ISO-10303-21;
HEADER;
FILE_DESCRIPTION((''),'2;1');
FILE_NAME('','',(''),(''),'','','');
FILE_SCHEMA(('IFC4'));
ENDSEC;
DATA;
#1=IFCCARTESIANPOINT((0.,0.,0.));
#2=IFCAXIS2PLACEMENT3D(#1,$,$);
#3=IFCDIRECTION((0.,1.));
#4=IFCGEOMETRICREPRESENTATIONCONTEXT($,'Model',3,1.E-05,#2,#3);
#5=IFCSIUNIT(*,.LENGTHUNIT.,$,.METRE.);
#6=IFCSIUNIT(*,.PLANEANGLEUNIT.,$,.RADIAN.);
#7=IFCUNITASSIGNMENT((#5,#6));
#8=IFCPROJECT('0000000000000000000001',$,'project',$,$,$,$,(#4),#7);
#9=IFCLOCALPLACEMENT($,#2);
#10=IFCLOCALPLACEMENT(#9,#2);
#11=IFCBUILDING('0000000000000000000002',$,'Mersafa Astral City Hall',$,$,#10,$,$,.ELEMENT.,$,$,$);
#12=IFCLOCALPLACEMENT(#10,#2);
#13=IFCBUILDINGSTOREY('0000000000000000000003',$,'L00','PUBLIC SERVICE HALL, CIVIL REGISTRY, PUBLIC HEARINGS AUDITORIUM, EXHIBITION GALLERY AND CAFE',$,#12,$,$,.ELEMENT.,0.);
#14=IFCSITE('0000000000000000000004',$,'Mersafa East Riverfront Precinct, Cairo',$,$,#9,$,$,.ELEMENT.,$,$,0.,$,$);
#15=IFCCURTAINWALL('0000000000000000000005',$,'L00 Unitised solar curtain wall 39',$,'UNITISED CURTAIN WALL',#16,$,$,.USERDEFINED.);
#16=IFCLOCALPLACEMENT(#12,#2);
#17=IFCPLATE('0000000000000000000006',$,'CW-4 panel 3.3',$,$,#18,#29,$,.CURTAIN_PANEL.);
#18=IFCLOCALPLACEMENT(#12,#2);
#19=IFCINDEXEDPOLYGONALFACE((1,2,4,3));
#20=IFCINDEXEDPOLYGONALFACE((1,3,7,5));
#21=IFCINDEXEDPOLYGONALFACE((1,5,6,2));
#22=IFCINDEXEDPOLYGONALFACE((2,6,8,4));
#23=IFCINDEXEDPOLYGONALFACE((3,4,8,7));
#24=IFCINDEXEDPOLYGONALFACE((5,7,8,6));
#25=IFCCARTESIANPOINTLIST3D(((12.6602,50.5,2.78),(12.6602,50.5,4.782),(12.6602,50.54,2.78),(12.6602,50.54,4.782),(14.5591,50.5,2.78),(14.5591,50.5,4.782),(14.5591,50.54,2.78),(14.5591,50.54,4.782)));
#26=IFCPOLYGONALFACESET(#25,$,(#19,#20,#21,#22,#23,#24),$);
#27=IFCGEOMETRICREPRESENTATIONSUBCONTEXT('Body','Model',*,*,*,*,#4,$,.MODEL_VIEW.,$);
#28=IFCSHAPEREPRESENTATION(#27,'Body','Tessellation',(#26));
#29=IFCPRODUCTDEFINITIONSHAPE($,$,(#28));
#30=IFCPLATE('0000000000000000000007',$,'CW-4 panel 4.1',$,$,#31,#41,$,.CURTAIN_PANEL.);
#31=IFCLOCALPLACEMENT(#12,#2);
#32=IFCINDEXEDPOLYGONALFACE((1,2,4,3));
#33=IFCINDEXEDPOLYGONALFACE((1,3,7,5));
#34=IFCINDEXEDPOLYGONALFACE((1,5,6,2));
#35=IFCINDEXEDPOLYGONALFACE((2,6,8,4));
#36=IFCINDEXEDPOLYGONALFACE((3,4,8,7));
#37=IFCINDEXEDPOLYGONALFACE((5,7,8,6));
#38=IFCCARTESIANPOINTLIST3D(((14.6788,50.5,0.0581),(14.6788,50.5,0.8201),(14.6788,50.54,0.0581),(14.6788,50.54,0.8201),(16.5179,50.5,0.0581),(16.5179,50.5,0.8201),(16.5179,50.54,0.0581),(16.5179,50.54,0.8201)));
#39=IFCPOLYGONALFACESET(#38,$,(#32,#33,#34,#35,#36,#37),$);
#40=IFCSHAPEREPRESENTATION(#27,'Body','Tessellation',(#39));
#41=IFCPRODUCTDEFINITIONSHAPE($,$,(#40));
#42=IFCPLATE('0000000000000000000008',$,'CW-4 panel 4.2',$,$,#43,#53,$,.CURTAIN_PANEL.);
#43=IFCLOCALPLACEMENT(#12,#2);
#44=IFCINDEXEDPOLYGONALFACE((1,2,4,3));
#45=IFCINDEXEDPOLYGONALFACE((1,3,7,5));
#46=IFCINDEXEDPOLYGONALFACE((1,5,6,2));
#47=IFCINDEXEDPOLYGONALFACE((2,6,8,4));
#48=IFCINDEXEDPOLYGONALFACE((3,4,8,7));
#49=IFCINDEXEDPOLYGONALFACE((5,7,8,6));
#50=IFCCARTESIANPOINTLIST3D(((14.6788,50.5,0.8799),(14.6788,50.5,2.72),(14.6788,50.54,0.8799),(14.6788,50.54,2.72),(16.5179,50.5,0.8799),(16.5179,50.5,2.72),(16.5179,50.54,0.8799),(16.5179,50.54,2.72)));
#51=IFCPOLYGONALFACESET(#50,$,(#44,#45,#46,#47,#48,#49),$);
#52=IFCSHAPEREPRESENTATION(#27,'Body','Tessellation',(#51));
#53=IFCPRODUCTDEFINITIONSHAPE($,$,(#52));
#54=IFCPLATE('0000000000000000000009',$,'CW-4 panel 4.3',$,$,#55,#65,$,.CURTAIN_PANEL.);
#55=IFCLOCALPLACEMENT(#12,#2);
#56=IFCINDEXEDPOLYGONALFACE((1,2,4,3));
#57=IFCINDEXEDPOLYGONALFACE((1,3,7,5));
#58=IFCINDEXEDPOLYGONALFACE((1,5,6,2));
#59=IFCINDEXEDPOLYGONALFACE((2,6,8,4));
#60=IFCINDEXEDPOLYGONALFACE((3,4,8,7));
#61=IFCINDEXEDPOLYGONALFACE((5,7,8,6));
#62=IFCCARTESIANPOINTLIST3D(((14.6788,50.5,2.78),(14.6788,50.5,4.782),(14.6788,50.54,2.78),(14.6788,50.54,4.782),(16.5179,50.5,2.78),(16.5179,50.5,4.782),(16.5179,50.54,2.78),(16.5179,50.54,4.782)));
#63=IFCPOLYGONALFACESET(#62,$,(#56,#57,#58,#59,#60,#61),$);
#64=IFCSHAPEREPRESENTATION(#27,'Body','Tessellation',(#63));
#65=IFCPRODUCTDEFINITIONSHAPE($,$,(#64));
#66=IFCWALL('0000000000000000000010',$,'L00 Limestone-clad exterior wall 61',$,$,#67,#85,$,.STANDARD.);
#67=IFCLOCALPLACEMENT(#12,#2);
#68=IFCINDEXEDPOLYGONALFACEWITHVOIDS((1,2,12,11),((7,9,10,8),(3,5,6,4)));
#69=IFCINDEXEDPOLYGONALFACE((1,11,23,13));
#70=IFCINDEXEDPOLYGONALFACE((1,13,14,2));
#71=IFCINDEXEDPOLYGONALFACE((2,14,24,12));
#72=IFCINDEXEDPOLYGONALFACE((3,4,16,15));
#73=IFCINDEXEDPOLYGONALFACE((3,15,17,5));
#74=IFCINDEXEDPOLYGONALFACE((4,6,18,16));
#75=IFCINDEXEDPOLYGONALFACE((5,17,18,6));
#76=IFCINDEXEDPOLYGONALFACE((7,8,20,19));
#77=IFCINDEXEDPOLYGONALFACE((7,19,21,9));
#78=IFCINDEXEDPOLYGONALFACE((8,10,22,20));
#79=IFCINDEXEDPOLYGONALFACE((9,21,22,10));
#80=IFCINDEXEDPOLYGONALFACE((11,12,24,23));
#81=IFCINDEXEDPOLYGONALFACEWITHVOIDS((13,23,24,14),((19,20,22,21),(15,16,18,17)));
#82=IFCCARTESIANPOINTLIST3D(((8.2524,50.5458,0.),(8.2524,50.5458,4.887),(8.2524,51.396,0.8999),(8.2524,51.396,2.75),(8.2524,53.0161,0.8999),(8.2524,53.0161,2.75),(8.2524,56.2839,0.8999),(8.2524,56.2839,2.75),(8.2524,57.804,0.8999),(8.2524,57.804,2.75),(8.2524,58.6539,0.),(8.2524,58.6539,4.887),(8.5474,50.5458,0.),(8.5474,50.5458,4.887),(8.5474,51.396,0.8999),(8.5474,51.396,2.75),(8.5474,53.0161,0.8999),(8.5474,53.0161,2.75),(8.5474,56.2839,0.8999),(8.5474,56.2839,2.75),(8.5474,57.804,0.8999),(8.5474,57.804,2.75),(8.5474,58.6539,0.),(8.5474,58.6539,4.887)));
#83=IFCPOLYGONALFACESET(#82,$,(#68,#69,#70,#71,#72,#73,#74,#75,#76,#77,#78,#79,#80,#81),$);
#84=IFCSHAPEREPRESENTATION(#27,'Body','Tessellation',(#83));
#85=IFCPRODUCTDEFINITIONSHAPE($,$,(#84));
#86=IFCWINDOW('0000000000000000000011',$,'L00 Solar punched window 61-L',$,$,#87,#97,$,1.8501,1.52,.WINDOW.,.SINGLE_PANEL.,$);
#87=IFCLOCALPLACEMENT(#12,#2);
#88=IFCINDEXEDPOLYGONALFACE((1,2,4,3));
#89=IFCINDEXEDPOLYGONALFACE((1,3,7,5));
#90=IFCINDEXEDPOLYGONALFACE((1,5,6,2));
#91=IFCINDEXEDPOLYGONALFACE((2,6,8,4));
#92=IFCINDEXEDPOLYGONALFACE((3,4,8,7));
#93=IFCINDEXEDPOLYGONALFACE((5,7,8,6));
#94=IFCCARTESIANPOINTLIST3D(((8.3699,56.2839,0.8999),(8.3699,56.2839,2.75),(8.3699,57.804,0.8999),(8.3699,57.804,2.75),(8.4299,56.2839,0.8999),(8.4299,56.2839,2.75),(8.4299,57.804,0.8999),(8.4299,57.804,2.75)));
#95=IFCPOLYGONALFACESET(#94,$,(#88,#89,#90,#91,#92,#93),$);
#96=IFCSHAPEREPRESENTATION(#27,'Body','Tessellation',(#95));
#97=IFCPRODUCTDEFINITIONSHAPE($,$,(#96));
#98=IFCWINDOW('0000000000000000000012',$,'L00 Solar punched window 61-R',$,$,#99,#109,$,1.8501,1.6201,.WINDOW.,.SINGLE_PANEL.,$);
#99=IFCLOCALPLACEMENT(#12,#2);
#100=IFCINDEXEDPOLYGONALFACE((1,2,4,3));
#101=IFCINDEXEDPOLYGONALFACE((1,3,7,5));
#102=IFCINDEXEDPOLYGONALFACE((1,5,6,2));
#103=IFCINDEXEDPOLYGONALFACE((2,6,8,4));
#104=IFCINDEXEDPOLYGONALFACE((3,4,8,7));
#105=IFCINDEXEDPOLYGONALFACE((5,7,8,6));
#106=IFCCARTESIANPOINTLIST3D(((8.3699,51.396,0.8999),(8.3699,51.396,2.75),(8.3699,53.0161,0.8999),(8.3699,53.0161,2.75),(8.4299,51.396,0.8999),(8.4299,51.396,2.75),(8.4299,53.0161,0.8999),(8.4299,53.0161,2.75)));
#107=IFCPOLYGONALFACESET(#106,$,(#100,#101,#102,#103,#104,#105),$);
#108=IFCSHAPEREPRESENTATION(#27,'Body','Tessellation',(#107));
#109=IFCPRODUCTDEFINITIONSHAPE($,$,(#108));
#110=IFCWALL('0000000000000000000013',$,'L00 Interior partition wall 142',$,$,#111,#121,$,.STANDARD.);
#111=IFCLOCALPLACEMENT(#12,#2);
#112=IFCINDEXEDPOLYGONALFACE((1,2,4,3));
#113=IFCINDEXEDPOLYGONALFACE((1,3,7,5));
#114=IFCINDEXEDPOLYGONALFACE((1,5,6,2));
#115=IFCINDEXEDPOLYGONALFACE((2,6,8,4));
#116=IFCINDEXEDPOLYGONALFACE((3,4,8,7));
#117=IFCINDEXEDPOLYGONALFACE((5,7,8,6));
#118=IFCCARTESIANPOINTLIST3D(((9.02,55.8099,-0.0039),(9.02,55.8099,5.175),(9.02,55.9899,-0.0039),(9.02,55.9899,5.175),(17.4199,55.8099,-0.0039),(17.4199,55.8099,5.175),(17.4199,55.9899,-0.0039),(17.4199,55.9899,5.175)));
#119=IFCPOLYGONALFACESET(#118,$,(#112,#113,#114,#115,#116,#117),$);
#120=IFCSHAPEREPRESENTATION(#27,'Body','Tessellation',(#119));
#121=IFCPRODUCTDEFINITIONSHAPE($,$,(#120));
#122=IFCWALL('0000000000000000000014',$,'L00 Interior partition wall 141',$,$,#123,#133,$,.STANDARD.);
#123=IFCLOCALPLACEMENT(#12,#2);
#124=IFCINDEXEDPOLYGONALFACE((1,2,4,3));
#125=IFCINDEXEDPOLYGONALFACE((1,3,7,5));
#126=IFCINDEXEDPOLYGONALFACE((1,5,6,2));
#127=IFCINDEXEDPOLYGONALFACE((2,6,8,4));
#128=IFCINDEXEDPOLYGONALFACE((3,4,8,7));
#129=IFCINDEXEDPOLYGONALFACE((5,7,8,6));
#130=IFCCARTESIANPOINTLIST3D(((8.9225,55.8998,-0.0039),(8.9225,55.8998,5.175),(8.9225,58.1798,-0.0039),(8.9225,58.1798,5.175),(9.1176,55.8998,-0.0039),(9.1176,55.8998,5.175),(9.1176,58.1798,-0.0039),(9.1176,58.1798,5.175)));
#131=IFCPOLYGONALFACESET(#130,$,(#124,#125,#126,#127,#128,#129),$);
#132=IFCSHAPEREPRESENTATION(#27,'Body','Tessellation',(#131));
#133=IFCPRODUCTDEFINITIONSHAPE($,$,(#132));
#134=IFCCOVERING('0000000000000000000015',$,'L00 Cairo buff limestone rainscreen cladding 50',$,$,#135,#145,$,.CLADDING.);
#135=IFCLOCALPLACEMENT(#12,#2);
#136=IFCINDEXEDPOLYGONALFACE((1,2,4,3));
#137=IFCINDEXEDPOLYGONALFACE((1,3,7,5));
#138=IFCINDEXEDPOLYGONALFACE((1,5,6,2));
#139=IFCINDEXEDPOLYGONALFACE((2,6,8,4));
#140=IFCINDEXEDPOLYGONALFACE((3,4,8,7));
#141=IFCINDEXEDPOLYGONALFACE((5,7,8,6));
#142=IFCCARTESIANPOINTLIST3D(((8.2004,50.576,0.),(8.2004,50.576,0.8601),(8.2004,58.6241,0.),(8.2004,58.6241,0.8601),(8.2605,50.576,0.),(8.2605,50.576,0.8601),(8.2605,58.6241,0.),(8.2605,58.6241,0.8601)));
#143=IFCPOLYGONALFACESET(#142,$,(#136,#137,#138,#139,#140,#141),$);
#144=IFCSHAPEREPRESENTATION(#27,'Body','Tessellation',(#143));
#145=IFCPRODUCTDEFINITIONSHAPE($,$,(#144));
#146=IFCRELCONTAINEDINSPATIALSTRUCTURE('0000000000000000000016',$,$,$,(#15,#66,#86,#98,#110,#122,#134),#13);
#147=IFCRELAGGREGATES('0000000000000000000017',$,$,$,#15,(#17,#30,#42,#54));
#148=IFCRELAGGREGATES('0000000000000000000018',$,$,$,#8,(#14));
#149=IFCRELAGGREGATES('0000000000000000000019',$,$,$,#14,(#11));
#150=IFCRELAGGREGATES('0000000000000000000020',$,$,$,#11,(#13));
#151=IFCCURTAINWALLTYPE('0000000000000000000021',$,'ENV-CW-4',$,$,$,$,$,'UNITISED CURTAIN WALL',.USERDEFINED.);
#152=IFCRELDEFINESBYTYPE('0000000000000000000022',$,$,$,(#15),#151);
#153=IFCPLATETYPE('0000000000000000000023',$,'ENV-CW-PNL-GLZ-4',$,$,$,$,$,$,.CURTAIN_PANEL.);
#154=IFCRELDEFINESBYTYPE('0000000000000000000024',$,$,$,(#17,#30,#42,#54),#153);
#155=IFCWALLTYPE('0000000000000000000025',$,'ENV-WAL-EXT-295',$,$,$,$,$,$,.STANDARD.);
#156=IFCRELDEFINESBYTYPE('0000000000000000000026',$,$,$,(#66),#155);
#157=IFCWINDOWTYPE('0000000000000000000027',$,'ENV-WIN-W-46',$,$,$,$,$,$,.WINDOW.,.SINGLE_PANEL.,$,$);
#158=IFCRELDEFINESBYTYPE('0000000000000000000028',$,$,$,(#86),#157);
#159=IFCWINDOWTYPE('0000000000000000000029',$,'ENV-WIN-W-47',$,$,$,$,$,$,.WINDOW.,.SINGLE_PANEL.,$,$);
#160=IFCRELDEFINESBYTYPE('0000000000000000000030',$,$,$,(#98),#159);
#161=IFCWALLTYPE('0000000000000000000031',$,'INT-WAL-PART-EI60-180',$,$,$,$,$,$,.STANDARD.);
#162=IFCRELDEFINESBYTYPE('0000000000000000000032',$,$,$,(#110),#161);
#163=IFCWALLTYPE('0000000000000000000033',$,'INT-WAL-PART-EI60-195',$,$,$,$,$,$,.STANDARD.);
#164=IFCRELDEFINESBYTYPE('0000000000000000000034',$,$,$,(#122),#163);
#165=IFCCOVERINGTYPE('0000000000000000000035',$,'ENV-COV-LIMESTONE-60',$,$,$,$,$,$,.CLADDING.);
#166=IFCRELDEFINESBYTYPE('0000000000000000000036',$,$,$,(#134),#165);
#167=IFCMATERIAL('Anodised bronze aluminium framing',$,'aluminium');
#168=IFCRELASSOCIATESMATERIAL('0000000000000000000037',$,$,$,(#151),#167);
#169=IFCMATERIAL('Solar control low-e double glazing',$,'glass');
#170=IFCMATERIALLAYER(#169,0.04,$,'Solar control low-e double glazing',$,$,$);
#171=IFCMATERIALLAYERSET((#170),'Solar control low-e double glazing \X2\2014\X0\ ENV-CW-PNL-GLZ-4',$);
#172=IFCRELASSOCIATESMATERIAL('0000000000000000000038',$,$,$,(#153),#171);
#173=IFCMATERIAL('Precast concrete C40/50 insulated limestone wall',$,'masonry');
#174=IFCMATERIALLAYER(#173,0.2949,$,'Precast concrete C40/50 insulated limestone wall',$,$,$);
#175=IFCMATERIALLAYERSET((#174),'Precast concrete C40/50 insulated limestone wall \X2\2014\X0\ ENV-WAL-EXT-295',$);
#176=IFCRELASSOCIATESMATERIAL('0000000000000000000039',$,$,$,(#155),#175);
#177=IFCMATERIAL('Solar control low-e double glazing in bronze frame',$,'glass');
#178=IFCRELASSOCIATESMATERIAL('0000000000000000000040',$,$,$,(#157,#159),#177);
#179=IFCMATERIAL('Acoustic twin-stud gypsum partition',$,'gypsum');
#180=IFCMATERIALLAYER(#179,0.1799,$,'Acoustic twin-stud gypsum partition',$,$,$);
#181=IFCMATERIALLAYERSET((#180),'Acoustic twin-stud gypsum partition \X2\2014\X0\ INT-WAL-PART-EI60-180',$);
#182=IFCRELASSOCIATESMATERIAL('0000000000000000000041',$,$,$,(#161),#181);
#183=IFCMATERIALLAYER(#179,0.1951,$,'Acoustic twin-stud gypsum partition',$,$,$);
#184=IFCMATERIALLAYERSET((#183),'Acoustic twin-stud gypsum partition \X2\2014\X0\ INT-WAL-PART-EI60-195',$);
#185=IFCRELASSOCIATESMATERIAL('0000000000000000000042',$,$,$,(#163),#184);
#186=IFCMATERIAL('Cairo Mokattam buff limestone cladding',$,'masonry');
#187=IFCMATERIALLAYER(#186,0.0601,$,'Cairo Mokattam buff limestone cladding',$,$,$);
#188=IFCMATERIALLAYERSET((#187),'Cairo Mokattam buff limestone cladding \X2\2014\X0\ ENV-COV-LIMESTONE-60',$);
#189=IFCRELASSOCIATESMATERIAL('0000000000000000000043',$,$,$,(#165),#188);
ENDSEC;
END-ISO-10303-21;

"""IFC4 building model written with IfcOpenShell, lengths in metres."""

from ifc_helpers import new_model, si_unit, direction, frame, frame_2d, origin, origin_2d, place, context, subcontext, project, spatial, rectangle, extrude, material, layer, layer_set, type_object, element, fill, aggregate, save


model = new_model("IFC4")

# Units and contexts
model_context = context("Model", 3, precision=1e-05, world=origin(), true_north=direction((0.0, 1.0)))
body_context = subcontext(model_context, "Body", "Model", "MODEL_VIEW")
ifc_project = project(units=[si_unit("LENGTHUNIT", "METRE"), si_unit("PLANEANGLEUNIT", "RADIAN")], contexts=[model_context])

# Site, building, storey
site_placement = place(None, origin())
site = spatial("IfcSite", under=ifc_project, at=site_placement, Name="Mersafa East Riverfront Precinct, Cairo", CompositionType="ELEMENT", RefElevation=0.0)
building_placement = place(site_placement, origin())
building = spatial("IfcBuilding", under=site, at=building_placement, Name="Mersafa Astral City Hall", CompositionType="ELEMENT")
storey_placement = place(building_placement, origin())
storey = spatial("IfcBuildingStorey", under=building, at=storey_placement, Name="L00", Description="PUBLIC SERVICE HALL, CIVIL REGISTRY, PUBLIC HEARINGS AUDITORIUM, EXHIBITION GALLERY AND CAFE", CompositionType="ELEMENT", Elevation=0.0)

# Curtain wall
ifc_material_1 = material(Name="Anodised bronze aluminium framing", Category="aluminium")
curtain_wall_type = type_object("IfcCurtainWallType", Name="ENV-CW-4", ElementType="UNITISED CURTAIN WALL", PredefinedType="USERDEFINED", material=ifc_material_1)
curtain_wall_placement = place(storey_placement, origin())
curtain_wall = element("IfcCurtainWall", 1, at=curtain_wall_placement, inside=storey, type_object=curtain_wall_type, Name="L00 Unitised solar curtain wall 39", ObjectType="UNITISED CURTAIN WALL", PredefinedType="USERDEFINED")

# Plates
ifc_material_2 = material(Name="Solar control low-e double glazing", Category="glass")
ifc_layer_1 = layer(ifc_material_2, 0.04, Name="Solar control low-e double glazing")
ifc_layer_set_1 = layer_set([ifc_layer_1], Name="Solar control low-e double glazing — ENV-CW-PNL-GLZ-4")
plate_type = type_object("IfcPlateType", Name="ENV-CW-PNL-GLZ-4", PredefinedType="CURTAIN_PANEL", material=ifc_layer_set_1)
plate_1_placement = place(storey_placement, frame((13.6096, 50.52, 2.78), z_axis=(0.0, 0.0, 1.0), x_axis=(1.0, 0.0, 0.0)))
plate_1 = element("IfcPlate", 2, at=plate_1_placement, type_object=plate_type, Name="CW-4 panel 3.3", PredefinedType="CURTAIN_PANEL", context=body_context, shape_type="SweptSolid", body=[
    extrude(rectangle(XDim=1.8989, YDim=0.04, at=origin_2d()), origin(), (0.0, 0.0, 1.0), 2.002),
])
plate_2_placement = place(storey_placement, frame((15.5984, 50.52, 0.0581), z_axis=(0.0, 0.0, 1.0), x_axis=(1.0, 0.0, 0.0)))
plate_2 = element("IfcPlate", 3, at=plate_2_placement, type_object=plate_type, Name="CW-4 panel 4.1", PredefinedType="CURTAIN_PANEL", context=body_context, shape_type="SweptSolid", body=[
    extrude(rectangle(XDim=1.8391, YDim=0.04, at=origin_2d()), origin(), (0.0, 0.0, 1.0), 0.762),
])
plate_3_placement = place(storey_placement, frame((15.5984, 50.52, 0.8799), z_axis=(0.0, 0.0, 1.0), x_axis=(1.0, 0.0, 0.0)))
plate_3 = element("IfcPlate", 4, at=plate_3_placement, type_object=plate_type, Name="CW-4 panel 4.2", PredefinedType="CURTAIN_PANEL", context=body_context, shape_type="SweptSolid", body=[
    extrude(rectangle(XDim=1.8391, YDim=0.04, at=origin_2d()), origin(), (0.0, 0.0, 1.0), 1.8401),
])
plate_4_placement = place(storey_placement, frame((15.5984, 50.52, 2.78), z_axis=(0.0, 0.0, 1.0), x_axis=(1.0, 0.0, 0.0)))
plate_4 = element("IfcPlate", 5, at=plate_4_placement, type_object=plate_type, Name="CW-4 panel 4.3", PredefinedType="CURTAIN_PANEL", context=body_context, shape_type="SweptSolid", body=[
    extrude(rectangle(XDim=1.8391, YDim=0.04, at=origin_2d()), origin(), (0.0, 0.0, 1.0), 2.002),
])
aggregate(curtain_wall, [plate_1, plate_2, plate_3, plate_4])

# Wall, openings, windows
ifc_material_3 = material(Name="Precast concrete C40/50 insulated limestone wall", Category="masonry")
ifc_layer_2 = layer(ifc_material_3, 0.2949, Name="Precast concrete C40/50 insulated limestone wall")
ifc_layer_set_2 = layer_set([ifc_layer_2], Name="Precast concrete C40/50 insulated limestone wall — ENV-WAL-EXT-295")
wall_type_1 = type_object("IfcWallType", Name="ENV-WAL-EXT-295", PredefinedType="STANDARD", material=ifc_layer_set_2)
wall_1_placement = place(storey_placement, frame((8.3999, 58.6541, 0.0), z_axis=(0.0, 0.0, 1.0), x_axis=(0.0, -1.0, 0.0)))
wall_1 = element("IfcWall", 6, at=wall_1_placement, inside=storey, type_object=wall_type_1, Name="L00 Limestone-clad exterior wall 61", PredefinedType="STANDARD", context=body_context, shape_type="SweptSolid", body=[
    extrude(rectangle(XDim=8.1082, YDim=0.2949, at=frame_2d((4.0542, 0.0))), origin(), (0.0, 0.0, 1.0), 4.887),
])
opening_1_placement = place(wall_1_placement, frame((0.8501, 0.0, 0.8999)))
opening_1 = element("IfcOpeningElement", 7, at=opening_1_placement, cuts=wall_1, PredefinedType="OPENING", context=body_context, shape_type="SweptSolid", body=[
    extrude(rectangle(XDim=1.52, YDim=1.8501, at=frame_2d((0.76, 0.925))), frame((0.0, 0.1575, 0.0), z_axis=(0.0, -1.0, 0.0), x_axis=(1.0, 0.0, 0.0)), (0.0, 0.0, 1.0), 0.3149),
])
opening_2_placement = place(wall_1_placement, frame((5.6379, 0.0, 0.8999)))
opening_2 = element("IfcOpeningElement", 8, at=opening_2_placement, cuts=wall_1, PredefinedType="OPENING", context=body_context, shape_type="SweptSolid", body=[
    extrude(rectangle(XDim=1.6201, YDim=1.8501, at=frame_2d((0.8101, 0.925))), frame((0.0, 0.1575, 0.0), z_axis=(0.0, -1.0, 0.0), x_axis=(1.0, 0.0, 0.0)), (0.0, 0.0, 1.0), 0.3149),
])
ifc_material_4 = material(Name="Solar control low-e double glazing in bronze frame", Category="glass")
window_type_1 = type_object("IfcWindowType", Name="ENV-WIN-W-46", PartitioningType="SINGLE_PANEL", PredefinedType="WINDOW", material=ifc_material_4)
window_1_placement = place(opening_1_placement, origin())
window_1 = element("IfcWindow", 9, at=window_1_placement, inside=storey, type_object=window_type_1, Name="L00 Solar punched window 61-L", OverallHeight=1.8501, OverallWidth=1.52, PartitioningType="SINGLE_PANEL", PredefinedType="WINDOW", context=body_context, shape_type="SweptSolid", body=[
    extrude(rectangle(XDim=1.52, YDim=1.8501, at=frame_2d((0.76, 0.925))), frame((0.0, 0.03, 0.0), z_axis=(0.0, -1.0, 0.0), x_axis=(1.0, 0.0, 0.0)), (0.0, 0.0, 1.0), 0.0601),
])
fill(opening_1, window_1)
window_type_2 = type_object("IfcWindowType", Name="ENV-WIN-W-47", PartitioningType="SINGLE_PANEL", PredefinedType="WINDOW", material=ifc_material_4)
window_2_placement = place(opening_2_placement, origin())
window_2 = element("IfcWindow", 10, at=window_2_placement, inside=storey, type_object=window_type_2, Name="L00 Solar punched window 61-R", OverallHeight=1.8501, OverallWidth=1.6201, PartitioningType="SINGLE_PANEL", PredefinedType="WINDOW", context=body_context, shape_type="SweptSolid", body=[
    extrude(rectangle(XDim=1.6201, YDim=1.8501, at=frame_2d((0.8101, 0.925))), frame((0.0, 0.03, 0.0), z_axis=(0.0, -1.0, 0.0), x_axis=(1.0, 0.0, 0.0)), (0.0, 0.0, 1.0), 0.0601),
])
fill(opening_2, window_2)

# Walls
ifc_material_5 = material(Name="Acoustic twin-stud gypsum partition", Category="gypsum")
ifc_layer_3 = layer(ifc_material_5, 0.1799, Name="Acoustic twin-stud gypsum partition")
ifc_layer_set_3 = layer_set([ifc_layer_3], Name="Acoustic twin-stud gypsum partition — INT-WAL-PART-EI60-180")
wall_type_2 = type_object("IfcWallType", Name="INT-WAL-PART-EI60-180", PredefinedType="STANDARD", material=ifc_layer_set_3)
wall_2_placement = place(storey_placement, frame((9.02, 55.8999, -0.0039), z_axis=(0.0, 0.0, 1.0), x_axis=(1.0, 0.0, 0.0)))
element("IfcWall", 11, at=wall_2_placement, inside=storey, type_object=wall_type_2, Name="L00 Interior partition wall 142", PredefinedType="STANDARD", context=body_context, shape_type="SweptSolid", body=[
    extrude(rectangle(XDim=8.3999, YDim=0.1799, at=frame_2d((4.2, 0.0))), origin(), (0.0, 0.0, 1.0), 5.179),
])
ifc_layer_4 = layer(ifc_material_5, 0.1951, Name="Acoustic twin-stud gypsum partition")
ifc_layer_set_4 = layer_set([ifc_layer_4], Name="Acoustic twin-stud gypsum partition — INT-WAL-PART-EI60-195")
wall_type_3 = type_object("IfcWallType", Name="INT-WAL-PART-EI60-195", PredefinedType="STANDARD", material=ifc_layer_set_4)
wall_3_placement = place(storey_placement, frame((9.02, 58.1799, -0.0039), z_axis=(0.0, 0.0, 1.0), x_axis=(0.0, -1.0, 0.0)))
element("IfcWall", 12, at=wall_3_placement, inside=storey, type_object=wall_type_3, Name="L00 Interior partition wall 141", PredefinedType="STANDARD", context=body_context, shape_type="SweptSolid", body=[
    extrude(rectangle(XDim=2.28, YDim=0.1951, at=frame_2d((1.1401, 0.0))), origin(), (0.0, 0.0, 1.0), 5.179),
])

# Covering
ifc_material_6 = material(Name="Cairo Mokattam buff limestone cladding", Category="masonry")
ifc_layer_5 = layer(ifc_material_6, 0.0601, Name="Cairo Mokattam buff limestone cladding")
ifc_layer_set_5 = layer_set([ifc_layer_5], Name="Cairo Mokattam buff limestone cladding — ENV-COV-LIMESTONE-60")
covering_type = type_object("IfcCoveringType", Name="ENV-COV-LIMESTONE-60", PredefinedType="CLADDING", material=ifc_layer_set_5)
covering_placement = place(storey_placement, frame((8.2305, 54.6001, 0.0), z_axis=(0.0, 0.0, 1.0), x_axis=(0.0, -1.0, 0.0)))
element("IfcCovering", 13, at=covering_placement, inside=storey, type_object=covering_type, Name="L00 Cairo buff limestone rainscreen cladding 50", PredefinedType="CLADDING", context=body_context, shape_type="SweptSolid", body=[
    extrude(rectangle(XDim=8.0481, YDim=0.0601, at=origin_2d()), origin(), (0.0, 0.0, 1.0), 0.8601),
])

save(model, "model.ifc")
